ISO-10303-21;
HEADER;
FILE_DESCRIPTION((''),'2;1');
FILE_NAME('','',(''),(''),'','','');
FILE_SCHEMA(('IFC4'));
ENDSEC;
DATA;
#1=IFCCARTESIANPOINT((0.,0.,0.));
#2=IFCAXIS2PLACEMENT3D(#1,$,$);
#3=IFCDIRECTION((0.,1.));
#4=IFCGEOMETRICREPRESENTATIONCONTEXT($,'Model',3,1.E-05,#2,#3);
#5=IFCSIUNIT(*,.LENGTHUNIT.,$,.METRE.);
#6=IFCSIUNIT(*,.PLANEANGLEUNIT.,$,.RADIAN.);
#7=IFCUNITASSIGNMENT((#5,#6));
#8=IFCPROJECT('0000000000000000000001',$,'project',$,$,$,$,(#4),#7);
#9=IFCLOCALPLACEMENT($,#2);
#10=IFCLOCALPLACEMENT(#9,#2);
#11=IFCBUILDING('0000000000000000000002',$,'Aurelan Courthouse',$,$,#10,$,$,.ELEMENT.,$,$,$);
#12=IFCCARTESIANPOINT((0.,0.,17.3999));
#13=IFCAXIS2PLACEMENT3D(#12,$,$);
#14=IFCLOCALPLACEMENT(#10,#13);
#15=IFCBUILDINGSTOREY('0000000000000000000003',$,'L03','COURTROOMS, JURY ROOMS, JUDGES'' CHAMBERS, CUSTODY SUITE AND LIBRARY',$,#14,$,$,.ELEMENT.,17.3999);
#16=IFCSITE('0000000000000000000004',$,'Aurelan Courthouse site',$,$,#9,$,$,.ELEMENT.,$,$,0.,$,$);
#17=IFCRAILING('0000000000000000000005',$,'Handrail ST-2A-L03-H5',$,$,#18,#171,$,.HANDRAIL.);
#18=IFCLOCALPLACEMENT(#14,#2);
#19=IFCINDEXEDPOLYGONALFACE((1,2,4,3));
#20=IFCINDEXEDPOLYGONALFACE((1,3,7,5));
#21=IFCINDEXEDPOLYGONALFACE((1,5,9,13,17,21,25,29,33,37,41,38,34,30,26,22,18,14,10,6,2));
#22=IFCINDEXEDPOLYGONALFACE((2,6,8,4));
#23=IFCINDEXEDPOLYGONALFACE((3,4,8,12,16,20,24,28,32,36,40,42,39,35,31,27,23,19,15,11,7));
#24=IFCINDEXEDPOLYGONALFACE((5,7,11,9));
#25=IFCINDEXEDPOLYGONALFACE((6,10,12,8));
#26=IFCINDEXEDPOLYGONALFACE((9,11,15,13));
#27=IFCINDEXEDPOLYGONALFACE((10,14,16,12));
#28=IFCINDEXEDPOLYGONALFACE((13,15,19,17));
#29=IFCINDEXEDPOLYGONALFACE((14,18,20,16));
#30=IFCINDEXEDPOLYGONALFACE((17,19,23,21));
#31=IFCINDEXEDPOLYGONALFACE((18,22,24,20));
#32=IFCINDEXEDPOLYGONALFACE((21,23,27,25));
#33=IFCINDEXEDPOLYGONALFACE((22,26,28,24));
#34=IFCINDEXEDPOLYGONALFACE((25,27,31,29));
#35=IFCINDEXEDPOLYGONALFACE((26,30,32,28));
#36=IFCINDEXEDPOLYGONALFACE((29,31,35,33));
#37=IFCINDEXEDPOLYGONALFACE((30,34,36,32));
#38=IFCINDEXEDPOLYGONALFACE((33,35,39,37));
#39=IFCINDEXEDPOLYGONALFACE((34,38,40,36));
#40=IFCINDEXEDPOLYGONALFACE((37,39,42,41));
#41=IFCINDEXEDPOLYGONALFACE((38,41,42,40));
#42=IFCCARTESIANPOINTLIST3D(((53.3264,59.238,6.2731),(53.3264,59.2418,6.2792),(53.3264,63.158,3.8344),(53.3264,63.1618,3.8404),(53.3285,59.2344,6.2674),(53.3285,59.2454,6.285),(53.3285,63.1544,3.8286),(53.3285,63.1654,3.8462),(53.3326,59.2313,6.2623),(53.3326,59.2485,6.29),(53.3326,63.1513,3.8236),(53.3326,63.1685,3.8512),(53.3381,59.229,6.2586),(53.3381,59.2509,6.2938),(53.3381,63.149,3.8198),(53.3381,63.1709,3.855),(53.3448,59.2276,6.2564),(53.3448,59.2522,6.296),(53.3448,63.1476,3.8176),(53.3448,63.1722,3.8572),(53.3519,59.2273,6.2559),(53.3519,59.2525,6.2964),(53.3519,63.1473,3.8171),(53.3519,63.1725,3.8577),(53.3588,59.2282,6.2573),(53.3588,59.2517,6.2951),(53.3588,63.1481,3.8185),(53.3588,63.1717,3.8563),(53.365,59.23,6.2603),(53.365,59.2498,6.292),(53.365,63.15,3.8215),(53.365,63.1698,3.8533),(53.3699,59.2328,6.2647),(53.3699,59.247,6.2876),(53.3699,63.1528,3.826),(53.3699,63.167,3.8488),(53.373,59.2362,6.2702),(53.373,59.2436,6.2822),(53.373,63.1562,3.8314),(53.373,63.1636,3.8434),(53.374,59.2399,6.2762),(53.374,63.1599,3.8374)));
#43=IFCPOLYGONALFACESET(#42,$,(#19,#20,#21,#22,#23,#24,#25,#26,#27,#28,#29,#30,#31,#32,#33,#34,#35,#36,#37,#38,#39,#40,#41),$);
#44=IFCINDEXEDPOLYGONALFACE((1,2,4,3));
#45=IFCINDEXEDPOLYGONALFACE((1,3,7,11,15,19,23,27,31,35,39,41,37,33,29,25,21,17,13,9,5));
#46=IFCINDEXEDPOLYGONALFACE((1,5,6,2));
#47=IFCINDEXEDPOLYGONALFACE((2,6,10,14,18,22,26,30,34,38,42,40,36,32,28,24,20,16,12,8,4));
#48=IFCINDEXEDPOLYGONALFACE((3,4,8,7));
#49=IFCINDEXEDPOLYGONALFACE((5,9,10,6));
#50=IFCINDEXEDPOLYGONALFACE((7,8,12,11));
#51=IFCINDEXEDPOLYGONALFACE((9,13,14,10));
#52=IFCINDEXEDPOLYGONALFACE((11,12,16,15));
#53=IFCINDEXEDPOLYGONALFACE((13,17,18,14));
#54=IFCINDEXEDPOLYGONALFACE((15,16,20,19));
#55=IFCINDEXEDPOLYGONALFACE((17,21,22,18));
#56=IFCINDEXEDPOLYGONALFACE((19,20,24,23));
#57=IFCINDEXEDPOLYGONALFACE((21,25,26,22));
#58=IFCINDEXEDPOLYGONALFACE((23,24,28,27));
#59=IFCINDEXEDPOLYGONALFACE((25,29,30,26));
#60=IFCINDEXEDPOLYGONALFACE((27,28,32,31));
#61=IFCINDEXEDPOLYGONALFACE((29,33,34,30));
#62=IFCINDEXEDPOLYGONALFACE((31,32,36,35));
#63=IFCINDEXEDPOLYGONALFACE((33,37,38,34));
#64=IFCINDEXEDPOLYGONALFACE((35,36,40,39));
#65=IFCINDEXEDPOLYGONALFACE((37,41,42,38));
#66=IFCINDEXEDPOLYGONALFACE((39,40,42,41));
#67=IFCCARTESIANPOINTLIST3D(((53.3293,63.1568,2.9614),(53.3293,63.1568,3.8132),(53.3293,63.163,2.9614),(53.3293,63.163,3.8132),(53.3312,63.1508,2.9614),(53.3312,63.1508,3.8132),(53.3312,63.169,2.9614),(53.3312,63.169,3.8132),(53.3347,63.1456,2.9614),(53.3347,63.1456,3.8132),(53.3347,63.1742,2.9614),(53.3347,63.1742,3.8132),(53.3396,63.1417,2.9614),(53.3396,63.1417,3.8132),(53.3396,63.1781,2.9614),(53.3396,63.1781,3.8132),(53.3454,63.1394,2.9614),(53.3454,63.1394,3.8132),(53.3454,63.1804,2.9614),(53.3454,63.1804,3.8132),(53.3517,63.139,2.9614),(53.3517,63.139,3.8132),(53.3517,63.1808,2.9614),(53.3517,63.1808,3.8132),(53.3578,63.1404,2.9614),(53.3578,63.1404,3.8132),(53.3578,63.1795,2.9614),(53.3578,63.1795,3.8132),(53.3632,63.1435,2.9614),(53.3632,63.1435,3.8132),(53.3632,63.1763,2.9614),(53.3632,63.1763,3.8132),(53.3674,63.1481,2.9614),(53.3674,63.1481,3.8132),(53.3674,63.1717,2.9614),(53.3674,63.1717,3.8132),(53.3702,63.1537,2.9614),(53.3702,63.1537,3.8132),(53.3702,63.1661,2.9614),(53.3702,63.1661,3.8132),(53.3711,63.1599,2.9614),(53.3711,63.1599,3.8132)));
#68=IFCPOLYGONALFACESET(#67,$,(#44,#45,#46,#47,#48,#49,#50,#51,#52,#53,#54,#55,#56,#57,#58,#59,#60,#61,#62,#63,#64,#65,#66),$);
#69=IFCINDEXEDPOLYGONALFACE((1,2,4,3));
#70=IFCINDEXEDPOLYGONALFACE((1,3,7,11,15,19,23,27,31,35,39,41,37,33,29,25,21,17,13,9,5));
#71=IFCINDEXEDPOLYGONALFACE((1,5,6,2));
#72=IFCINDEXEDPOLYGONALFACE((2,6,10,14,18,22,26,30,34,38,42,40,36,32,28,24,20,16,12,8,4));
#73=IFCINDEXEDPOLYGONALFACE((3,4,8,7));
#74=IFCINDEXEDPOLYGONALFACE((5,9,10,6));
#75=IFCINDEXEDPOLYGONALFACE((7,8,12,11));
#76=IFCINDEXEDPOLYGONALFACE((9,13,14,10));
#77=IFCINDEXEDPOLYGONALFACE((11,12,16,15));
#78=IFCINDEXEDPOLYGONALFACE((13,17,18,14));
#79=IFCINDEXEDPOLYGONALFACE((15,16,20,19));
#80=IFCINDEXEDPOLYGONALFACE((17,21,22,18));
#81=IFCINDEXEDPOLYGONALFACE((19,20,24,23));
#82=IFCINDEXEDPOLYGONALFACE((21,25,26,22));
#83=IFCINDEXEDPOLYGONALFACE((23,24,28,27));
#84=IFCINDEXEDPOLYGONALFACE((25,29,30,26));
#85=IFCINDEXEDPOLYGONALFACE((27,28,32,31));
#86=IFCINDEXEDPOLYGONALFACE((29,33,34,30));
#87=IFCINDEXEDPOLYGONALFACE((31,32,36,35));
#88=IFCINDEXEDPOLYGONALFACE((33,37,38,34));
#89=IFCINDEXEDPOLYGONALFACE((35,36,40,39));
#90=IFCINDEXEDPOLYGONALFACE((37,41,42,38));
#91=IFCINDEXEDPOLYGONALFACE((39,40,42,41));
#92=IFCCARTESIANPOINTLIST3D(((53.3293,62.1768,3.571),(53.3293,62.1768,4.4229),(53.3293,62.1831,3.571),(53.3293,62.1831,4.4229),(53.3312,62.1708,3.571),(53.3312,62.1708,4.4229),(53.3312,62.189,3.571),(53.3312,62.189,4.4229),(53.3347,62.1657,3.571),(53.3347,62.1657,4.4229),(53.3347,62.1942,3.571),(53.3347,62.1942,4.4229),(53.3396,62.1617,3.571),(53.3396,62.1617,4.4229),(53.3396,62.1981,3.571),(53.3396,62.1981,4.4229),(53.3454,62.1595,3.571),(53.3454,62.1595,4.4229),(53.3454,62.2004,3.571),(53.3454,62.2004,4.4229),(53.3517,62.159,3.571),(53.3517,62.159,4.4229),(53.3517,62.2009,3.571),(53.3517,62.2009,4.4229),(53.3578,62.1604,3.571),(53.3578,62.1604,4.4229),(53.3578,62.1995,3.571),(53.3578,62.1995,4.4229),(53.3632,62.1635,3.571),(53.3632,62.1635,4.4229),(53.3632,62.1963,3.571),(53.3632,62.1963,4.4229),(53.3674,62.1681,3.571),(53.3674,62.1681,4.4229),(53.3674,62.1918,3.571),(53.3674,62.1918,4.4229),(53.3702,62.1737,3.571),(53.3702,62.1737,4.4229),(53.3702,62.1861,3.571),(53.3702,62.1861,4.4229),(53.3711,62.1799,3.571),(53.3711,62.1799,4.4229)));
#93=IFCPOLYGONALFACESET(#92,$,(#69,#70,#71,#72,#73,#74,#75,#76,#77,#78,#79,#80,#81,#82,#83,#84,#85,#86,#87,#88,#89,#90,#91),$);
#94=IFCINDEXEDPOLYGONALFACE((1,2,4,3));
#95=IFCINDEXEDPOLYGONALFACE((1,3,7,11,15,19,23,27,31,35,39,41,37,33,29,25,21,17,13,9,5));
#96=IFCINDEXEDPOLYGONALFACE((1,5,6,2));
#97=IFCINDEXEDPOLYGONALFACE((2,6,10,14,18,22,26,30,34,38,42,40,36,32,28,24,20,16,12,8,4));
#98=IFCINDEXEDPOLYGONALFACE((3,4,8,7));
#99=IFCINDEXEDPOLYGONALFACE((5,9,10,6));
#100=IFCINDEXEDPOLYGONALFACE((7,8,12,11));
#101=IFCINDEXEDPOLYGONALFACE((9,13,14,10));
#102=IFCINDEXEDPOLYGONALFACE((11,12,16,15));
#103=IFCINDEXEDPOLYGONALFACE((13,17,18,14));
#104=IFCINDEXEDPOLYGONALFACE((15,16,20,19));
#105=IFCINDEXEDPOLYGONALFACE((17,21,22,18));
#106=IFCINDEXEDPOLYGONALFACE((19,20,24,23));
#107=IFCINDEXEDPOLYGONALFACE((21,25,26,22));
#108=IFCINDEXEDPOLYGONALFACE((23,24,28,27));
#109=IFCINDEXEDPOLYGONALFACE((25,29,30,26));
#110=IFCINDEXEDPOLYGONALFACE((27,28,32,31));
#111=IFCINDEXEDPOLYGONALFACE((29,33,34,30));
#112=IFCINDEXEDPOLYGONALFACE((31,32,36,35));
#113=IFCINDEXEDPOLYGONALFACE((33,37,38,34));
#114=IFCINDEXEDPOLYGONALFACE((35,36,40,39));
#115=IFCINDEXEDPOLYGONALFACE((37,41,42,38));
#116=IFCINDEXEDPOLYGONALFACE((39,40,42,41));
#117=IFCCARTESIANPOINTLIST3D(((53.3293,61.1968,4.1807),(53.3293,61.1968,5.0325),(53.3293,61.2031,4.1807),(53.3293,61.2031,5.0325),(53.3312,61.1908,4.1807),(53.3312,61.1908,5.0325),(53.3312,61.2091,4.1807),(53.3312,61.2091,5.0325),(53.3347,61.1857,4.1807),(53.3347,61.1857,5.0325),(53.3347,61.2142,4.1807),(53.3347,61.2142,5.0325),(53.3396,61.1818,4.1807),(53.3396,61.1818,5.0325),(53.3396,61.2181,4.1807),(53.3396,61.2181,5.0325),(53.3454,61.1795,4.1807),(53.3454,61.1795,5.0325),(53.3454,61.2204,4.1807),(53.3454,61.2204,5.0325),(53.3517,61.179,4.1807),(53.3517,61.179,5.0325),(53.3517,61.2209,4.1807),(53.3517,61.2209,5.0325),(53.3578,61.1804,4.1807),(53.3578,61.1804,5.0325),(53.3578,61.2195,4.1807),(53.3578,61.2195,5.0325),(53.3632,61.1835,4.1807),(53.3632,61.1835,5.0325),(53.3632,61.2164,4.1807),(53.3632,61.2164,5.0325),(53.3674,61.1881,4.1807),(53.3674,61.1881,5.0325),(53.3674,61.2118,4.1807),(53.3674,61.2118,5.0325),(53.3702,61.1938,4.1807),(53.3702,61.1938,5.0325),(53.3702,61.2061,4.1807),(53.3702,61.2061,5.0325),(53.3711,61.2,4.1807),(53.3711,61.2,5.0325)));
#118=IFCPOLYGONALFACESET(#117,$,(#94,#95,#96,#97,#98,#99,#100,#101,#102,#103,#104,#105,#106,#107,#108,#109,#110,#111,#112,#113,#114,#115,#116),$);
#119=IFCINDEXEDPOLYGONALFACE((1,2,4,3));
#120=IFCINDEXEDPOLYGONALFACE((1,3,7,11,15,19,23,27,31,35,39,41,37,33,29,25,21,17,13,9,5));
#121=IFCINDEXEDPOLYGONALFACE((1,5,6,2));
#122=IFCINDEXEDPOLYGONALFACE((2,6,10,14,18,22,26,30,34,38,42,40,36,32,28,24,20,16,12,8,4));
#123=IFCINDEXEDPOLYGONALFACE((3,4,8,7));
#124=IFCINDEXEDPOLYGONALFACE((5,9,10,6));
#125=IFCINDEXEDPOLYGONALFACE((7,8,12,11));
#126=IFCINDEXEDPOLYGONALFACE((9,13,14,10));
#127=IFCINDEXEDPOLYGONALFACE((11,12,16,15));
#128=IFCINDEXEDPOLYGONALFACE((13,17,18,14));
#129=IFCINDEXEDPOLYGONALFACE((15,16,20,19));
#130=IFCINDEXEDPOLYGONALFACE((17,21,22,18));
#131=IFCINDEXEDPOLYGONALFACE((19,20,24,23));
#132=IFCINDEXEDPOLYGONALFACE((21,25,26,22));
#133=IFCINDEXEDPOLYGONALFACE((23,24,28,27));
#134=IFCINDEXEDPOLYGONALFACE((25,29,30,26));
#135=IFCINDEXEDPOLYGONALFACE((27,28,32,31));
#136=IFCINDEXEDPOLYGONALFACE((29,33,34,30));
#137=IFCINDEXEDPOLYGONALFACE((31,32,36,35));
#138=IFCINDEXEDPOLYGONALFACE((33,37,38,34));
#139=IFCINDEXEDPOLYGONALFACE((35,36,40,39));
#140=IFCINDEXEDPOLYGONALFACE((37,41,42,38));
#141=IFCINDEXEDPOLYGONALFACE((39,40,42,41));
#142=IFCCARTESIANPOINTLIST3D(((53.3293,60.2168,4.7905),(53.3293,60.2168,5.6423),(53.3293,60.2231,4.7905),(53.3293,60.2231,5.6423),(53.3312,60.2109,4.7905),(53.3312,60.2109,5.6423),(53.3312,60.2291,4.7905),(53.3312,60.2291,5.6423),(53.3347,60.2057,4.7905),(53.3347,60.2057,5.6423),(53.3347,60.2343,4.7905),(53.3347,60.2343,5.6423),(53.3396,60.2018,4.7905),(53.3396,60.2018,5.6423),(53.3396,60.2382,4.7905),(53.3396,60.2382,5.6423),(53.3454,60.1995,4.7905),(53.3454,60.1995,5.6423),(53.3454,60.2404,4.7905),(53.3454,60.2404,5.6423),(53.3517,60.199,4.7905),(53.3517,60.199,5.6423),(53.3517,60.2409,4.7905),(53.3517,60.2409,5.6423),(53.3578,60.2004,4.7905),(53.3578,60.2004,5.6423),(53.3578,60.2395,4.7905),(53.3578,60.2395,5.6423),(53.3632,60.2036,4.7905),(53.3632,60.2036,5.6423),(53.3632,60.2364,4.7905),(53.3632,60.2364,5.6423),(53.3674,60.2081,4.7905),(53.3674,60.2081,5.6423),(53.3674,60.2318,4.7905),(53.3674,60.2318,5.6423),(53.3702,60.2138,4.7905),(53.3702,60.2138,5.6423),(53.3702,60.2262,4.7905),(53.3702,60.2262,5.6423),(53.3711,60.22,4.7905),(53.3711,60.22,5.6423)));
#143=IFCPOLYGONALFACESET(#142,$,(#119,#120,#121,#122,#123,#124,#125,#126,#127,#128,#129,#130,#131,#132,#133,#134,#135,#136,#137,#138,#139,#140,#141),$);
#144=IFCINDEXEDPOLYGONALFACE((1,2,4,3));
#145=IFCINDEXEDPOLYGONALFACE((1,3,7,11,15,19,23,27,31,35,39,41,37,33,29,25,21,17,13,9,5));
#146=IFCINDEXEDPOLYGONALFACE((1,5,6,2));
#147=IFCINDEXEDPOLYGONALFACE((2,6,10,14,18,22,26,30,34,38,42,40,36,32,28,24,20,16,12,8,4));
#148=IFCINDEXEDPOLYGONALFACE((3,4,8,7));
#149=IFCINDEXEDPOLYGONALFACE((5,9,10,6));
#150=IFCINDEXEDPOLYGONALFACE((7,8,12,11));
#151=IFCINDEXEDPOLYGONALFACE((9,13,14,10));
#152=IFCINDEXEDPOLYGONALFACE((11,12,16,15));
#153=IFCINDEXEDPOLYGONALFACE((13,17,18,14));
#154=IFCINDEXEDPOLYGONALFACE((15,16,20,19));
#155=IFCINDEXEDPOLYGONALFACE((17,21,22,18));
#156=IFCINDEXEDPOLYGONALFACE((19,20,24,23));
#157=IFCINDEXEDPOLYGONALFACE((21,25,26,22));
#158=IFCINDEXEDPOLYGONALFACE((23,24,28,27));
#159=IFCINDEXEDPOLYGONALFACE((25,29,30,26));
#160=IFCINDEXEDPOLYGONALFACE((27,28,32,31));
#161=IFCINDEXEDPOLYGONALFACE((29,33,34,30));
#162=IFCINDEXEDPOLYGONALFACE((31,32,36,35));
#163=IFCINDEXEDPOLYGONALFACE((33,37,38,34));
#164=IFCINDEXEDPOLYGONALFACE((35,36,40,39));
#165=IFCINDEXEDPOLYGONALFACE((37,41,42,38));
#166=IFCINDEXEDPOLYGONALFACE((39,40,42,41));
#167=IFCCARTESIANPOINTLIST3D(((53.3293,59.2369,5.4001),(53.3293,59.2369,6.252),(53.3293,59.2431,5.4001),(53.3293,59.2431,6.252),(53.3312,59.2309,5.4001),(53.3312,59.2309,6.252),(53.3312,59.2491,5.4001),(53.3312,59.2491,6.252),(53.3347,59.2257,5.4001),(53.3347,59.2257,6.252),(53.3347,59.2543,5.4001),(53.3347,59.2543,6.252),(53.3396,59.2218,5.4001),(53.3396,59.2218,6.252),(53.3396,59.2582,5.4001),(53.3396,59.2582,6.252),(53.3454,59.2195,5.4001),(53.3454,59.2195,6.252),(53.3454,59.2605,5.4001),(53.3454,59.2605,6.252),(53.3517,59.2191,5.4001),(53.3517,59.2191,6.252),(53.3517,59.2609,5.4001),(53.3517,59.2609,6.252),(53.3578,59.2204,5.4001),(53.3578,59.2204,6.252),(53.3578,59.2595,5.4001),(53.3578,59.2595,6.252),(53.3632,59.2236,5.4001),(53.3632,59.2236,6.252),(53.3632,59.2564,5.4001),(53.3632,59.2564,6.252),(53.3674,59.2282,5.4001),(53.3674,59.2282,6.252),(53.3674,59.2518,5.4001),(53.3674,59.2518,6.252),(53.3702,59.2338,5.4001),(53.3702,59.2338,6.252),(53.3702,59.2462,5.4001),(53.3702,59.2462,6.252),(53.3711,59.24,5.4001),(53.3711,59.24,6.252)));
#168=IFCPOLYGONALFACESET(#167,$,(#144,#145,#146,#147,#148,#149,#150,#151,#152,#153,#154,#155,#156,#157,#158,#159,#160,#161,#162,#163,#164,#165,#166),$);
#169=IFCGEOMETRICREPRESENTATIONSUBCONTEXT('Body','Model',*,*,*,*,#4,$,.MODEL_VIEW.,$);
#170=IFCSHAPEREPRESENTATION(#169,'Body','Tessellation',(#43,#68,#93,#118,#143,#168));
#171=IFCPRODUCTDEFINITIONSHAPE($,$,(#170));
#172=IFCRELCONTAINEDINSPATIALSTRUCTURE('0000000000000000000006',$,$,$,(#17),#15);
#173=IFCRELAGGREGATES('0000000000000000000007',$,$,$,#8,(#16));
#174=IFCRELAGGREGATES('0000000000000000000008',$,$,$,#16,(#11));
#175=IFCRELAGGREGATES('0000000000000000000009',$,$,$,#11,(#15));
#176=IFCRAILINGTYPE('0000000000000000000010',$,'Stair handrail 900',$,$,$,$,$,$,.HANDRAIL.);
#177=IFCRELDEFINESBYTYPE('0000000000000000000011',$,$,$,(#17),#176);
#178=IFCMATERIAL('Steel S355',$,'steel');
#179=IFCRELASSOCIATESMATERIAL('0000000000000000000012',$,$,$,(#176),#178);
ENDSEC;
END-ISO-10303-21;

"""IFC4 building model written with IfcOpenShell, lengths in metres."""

from ifc_helpers import new_model, si_unit, direction, frame, origin, origin_2d, place, context, subcontext, project, spatial, circle, extrude, material, type_object, element, save


model = new_model("IFC4")

# Units and contexts
model_context = context("Model", 3, precision=1e-05, world=origin(), true_north=direction((0.0, 1.0)))
body_context = subcontext(model_context, "Body", "Model", "MODEL_VIEW")
ifc_project = project(units=[si_unit("LENGTHUNIT", "METRE"), si_unit("PLANEANGLEUNIT", "RADIAN")], contexts=[model_context])

# Site, building, storey
site_placement = place(None, origin())
site = spatial("IfcSite", under=ifc_project, at=site_placement, Name="Aurelan Courthouse site", CompositionType="ELEMENT", RefElevation=0.0)
building_placement = place(site_placement, origin())
building = spatial("IfcBuilding", under=site, at=building_placement, Name="Aurelan Courthouse", CompositionType="ELEMENT")
storey_placement = place(building_placement, frame((0.0, 0.0, 17.3999)))
storey = spatial("IfcBuildingStorey", under=building, at=storey_placement, Name="L03", Description="COURTROOMS, JURY ROOMS, JUDGES' CHAMBERS, CUSTODY SUITE AND LIBRARY", CompositionType="ELEMENT", Elevation=17.3999)

# Railing
ifc_material_1 = material(Name="Steel S355", Category="steel")
railing_type_1 = type_object("IfcRailingType", Name="Stair handrail 900", PredefinedType="HANDRAIL", material=ifc_material_1)
for number, where, name in (
    (1, (53.3501, 63.1599, 2.9614), "Handrail ST-2A-L03-H5"),
):
    element("IfcRailing", number, at=place(storey_placement, frame(where)), inside=storey, type_object=railing_type_1, Name=name, PredefinedType="HANDRAIL", context=body_context, shape_type="SweptSolid", body=[
        extrude(circle(Radius=0.0239, at=origin_2d()), frame((0.0, 0.0, 0.876), z_axis=(0.0, -0.84909, 0.528249), x_axis=(1.0, 0.0, 0.0)), (0.0, 0.0, 1.0), 4.6167),
        extrude(circle(Radius=0.021, at=origin_2d()), origin(), (0.0, 0.0, 1.0), 0.8518),
        extrude(circle(Radius=0.021, at=origin_2d()), frame((0.0, -0.98, 0.6096)), (0.0, 0.0, 1.0), 0.8518),
        extrude(circle(Radius=0.021, at=origin_2d()), frame((0.0, -1.96, 1.2192)), (0.0, 0.0, 1.0), 0.8518),
        extrude(circle(Radius=0.021, at=origin_2d()), frame((0.0, -2.9399, 1.8291)), (0.0, 0.0, 1.0), 0.8518),
        extrude(circle(Radius=0.021, at=origin_2d()), frame((0.0, -3.9199, 2.4387)), (0.0, 0.0, 1.0), 0.8518),
    ])

save(model, "model.ifc")
